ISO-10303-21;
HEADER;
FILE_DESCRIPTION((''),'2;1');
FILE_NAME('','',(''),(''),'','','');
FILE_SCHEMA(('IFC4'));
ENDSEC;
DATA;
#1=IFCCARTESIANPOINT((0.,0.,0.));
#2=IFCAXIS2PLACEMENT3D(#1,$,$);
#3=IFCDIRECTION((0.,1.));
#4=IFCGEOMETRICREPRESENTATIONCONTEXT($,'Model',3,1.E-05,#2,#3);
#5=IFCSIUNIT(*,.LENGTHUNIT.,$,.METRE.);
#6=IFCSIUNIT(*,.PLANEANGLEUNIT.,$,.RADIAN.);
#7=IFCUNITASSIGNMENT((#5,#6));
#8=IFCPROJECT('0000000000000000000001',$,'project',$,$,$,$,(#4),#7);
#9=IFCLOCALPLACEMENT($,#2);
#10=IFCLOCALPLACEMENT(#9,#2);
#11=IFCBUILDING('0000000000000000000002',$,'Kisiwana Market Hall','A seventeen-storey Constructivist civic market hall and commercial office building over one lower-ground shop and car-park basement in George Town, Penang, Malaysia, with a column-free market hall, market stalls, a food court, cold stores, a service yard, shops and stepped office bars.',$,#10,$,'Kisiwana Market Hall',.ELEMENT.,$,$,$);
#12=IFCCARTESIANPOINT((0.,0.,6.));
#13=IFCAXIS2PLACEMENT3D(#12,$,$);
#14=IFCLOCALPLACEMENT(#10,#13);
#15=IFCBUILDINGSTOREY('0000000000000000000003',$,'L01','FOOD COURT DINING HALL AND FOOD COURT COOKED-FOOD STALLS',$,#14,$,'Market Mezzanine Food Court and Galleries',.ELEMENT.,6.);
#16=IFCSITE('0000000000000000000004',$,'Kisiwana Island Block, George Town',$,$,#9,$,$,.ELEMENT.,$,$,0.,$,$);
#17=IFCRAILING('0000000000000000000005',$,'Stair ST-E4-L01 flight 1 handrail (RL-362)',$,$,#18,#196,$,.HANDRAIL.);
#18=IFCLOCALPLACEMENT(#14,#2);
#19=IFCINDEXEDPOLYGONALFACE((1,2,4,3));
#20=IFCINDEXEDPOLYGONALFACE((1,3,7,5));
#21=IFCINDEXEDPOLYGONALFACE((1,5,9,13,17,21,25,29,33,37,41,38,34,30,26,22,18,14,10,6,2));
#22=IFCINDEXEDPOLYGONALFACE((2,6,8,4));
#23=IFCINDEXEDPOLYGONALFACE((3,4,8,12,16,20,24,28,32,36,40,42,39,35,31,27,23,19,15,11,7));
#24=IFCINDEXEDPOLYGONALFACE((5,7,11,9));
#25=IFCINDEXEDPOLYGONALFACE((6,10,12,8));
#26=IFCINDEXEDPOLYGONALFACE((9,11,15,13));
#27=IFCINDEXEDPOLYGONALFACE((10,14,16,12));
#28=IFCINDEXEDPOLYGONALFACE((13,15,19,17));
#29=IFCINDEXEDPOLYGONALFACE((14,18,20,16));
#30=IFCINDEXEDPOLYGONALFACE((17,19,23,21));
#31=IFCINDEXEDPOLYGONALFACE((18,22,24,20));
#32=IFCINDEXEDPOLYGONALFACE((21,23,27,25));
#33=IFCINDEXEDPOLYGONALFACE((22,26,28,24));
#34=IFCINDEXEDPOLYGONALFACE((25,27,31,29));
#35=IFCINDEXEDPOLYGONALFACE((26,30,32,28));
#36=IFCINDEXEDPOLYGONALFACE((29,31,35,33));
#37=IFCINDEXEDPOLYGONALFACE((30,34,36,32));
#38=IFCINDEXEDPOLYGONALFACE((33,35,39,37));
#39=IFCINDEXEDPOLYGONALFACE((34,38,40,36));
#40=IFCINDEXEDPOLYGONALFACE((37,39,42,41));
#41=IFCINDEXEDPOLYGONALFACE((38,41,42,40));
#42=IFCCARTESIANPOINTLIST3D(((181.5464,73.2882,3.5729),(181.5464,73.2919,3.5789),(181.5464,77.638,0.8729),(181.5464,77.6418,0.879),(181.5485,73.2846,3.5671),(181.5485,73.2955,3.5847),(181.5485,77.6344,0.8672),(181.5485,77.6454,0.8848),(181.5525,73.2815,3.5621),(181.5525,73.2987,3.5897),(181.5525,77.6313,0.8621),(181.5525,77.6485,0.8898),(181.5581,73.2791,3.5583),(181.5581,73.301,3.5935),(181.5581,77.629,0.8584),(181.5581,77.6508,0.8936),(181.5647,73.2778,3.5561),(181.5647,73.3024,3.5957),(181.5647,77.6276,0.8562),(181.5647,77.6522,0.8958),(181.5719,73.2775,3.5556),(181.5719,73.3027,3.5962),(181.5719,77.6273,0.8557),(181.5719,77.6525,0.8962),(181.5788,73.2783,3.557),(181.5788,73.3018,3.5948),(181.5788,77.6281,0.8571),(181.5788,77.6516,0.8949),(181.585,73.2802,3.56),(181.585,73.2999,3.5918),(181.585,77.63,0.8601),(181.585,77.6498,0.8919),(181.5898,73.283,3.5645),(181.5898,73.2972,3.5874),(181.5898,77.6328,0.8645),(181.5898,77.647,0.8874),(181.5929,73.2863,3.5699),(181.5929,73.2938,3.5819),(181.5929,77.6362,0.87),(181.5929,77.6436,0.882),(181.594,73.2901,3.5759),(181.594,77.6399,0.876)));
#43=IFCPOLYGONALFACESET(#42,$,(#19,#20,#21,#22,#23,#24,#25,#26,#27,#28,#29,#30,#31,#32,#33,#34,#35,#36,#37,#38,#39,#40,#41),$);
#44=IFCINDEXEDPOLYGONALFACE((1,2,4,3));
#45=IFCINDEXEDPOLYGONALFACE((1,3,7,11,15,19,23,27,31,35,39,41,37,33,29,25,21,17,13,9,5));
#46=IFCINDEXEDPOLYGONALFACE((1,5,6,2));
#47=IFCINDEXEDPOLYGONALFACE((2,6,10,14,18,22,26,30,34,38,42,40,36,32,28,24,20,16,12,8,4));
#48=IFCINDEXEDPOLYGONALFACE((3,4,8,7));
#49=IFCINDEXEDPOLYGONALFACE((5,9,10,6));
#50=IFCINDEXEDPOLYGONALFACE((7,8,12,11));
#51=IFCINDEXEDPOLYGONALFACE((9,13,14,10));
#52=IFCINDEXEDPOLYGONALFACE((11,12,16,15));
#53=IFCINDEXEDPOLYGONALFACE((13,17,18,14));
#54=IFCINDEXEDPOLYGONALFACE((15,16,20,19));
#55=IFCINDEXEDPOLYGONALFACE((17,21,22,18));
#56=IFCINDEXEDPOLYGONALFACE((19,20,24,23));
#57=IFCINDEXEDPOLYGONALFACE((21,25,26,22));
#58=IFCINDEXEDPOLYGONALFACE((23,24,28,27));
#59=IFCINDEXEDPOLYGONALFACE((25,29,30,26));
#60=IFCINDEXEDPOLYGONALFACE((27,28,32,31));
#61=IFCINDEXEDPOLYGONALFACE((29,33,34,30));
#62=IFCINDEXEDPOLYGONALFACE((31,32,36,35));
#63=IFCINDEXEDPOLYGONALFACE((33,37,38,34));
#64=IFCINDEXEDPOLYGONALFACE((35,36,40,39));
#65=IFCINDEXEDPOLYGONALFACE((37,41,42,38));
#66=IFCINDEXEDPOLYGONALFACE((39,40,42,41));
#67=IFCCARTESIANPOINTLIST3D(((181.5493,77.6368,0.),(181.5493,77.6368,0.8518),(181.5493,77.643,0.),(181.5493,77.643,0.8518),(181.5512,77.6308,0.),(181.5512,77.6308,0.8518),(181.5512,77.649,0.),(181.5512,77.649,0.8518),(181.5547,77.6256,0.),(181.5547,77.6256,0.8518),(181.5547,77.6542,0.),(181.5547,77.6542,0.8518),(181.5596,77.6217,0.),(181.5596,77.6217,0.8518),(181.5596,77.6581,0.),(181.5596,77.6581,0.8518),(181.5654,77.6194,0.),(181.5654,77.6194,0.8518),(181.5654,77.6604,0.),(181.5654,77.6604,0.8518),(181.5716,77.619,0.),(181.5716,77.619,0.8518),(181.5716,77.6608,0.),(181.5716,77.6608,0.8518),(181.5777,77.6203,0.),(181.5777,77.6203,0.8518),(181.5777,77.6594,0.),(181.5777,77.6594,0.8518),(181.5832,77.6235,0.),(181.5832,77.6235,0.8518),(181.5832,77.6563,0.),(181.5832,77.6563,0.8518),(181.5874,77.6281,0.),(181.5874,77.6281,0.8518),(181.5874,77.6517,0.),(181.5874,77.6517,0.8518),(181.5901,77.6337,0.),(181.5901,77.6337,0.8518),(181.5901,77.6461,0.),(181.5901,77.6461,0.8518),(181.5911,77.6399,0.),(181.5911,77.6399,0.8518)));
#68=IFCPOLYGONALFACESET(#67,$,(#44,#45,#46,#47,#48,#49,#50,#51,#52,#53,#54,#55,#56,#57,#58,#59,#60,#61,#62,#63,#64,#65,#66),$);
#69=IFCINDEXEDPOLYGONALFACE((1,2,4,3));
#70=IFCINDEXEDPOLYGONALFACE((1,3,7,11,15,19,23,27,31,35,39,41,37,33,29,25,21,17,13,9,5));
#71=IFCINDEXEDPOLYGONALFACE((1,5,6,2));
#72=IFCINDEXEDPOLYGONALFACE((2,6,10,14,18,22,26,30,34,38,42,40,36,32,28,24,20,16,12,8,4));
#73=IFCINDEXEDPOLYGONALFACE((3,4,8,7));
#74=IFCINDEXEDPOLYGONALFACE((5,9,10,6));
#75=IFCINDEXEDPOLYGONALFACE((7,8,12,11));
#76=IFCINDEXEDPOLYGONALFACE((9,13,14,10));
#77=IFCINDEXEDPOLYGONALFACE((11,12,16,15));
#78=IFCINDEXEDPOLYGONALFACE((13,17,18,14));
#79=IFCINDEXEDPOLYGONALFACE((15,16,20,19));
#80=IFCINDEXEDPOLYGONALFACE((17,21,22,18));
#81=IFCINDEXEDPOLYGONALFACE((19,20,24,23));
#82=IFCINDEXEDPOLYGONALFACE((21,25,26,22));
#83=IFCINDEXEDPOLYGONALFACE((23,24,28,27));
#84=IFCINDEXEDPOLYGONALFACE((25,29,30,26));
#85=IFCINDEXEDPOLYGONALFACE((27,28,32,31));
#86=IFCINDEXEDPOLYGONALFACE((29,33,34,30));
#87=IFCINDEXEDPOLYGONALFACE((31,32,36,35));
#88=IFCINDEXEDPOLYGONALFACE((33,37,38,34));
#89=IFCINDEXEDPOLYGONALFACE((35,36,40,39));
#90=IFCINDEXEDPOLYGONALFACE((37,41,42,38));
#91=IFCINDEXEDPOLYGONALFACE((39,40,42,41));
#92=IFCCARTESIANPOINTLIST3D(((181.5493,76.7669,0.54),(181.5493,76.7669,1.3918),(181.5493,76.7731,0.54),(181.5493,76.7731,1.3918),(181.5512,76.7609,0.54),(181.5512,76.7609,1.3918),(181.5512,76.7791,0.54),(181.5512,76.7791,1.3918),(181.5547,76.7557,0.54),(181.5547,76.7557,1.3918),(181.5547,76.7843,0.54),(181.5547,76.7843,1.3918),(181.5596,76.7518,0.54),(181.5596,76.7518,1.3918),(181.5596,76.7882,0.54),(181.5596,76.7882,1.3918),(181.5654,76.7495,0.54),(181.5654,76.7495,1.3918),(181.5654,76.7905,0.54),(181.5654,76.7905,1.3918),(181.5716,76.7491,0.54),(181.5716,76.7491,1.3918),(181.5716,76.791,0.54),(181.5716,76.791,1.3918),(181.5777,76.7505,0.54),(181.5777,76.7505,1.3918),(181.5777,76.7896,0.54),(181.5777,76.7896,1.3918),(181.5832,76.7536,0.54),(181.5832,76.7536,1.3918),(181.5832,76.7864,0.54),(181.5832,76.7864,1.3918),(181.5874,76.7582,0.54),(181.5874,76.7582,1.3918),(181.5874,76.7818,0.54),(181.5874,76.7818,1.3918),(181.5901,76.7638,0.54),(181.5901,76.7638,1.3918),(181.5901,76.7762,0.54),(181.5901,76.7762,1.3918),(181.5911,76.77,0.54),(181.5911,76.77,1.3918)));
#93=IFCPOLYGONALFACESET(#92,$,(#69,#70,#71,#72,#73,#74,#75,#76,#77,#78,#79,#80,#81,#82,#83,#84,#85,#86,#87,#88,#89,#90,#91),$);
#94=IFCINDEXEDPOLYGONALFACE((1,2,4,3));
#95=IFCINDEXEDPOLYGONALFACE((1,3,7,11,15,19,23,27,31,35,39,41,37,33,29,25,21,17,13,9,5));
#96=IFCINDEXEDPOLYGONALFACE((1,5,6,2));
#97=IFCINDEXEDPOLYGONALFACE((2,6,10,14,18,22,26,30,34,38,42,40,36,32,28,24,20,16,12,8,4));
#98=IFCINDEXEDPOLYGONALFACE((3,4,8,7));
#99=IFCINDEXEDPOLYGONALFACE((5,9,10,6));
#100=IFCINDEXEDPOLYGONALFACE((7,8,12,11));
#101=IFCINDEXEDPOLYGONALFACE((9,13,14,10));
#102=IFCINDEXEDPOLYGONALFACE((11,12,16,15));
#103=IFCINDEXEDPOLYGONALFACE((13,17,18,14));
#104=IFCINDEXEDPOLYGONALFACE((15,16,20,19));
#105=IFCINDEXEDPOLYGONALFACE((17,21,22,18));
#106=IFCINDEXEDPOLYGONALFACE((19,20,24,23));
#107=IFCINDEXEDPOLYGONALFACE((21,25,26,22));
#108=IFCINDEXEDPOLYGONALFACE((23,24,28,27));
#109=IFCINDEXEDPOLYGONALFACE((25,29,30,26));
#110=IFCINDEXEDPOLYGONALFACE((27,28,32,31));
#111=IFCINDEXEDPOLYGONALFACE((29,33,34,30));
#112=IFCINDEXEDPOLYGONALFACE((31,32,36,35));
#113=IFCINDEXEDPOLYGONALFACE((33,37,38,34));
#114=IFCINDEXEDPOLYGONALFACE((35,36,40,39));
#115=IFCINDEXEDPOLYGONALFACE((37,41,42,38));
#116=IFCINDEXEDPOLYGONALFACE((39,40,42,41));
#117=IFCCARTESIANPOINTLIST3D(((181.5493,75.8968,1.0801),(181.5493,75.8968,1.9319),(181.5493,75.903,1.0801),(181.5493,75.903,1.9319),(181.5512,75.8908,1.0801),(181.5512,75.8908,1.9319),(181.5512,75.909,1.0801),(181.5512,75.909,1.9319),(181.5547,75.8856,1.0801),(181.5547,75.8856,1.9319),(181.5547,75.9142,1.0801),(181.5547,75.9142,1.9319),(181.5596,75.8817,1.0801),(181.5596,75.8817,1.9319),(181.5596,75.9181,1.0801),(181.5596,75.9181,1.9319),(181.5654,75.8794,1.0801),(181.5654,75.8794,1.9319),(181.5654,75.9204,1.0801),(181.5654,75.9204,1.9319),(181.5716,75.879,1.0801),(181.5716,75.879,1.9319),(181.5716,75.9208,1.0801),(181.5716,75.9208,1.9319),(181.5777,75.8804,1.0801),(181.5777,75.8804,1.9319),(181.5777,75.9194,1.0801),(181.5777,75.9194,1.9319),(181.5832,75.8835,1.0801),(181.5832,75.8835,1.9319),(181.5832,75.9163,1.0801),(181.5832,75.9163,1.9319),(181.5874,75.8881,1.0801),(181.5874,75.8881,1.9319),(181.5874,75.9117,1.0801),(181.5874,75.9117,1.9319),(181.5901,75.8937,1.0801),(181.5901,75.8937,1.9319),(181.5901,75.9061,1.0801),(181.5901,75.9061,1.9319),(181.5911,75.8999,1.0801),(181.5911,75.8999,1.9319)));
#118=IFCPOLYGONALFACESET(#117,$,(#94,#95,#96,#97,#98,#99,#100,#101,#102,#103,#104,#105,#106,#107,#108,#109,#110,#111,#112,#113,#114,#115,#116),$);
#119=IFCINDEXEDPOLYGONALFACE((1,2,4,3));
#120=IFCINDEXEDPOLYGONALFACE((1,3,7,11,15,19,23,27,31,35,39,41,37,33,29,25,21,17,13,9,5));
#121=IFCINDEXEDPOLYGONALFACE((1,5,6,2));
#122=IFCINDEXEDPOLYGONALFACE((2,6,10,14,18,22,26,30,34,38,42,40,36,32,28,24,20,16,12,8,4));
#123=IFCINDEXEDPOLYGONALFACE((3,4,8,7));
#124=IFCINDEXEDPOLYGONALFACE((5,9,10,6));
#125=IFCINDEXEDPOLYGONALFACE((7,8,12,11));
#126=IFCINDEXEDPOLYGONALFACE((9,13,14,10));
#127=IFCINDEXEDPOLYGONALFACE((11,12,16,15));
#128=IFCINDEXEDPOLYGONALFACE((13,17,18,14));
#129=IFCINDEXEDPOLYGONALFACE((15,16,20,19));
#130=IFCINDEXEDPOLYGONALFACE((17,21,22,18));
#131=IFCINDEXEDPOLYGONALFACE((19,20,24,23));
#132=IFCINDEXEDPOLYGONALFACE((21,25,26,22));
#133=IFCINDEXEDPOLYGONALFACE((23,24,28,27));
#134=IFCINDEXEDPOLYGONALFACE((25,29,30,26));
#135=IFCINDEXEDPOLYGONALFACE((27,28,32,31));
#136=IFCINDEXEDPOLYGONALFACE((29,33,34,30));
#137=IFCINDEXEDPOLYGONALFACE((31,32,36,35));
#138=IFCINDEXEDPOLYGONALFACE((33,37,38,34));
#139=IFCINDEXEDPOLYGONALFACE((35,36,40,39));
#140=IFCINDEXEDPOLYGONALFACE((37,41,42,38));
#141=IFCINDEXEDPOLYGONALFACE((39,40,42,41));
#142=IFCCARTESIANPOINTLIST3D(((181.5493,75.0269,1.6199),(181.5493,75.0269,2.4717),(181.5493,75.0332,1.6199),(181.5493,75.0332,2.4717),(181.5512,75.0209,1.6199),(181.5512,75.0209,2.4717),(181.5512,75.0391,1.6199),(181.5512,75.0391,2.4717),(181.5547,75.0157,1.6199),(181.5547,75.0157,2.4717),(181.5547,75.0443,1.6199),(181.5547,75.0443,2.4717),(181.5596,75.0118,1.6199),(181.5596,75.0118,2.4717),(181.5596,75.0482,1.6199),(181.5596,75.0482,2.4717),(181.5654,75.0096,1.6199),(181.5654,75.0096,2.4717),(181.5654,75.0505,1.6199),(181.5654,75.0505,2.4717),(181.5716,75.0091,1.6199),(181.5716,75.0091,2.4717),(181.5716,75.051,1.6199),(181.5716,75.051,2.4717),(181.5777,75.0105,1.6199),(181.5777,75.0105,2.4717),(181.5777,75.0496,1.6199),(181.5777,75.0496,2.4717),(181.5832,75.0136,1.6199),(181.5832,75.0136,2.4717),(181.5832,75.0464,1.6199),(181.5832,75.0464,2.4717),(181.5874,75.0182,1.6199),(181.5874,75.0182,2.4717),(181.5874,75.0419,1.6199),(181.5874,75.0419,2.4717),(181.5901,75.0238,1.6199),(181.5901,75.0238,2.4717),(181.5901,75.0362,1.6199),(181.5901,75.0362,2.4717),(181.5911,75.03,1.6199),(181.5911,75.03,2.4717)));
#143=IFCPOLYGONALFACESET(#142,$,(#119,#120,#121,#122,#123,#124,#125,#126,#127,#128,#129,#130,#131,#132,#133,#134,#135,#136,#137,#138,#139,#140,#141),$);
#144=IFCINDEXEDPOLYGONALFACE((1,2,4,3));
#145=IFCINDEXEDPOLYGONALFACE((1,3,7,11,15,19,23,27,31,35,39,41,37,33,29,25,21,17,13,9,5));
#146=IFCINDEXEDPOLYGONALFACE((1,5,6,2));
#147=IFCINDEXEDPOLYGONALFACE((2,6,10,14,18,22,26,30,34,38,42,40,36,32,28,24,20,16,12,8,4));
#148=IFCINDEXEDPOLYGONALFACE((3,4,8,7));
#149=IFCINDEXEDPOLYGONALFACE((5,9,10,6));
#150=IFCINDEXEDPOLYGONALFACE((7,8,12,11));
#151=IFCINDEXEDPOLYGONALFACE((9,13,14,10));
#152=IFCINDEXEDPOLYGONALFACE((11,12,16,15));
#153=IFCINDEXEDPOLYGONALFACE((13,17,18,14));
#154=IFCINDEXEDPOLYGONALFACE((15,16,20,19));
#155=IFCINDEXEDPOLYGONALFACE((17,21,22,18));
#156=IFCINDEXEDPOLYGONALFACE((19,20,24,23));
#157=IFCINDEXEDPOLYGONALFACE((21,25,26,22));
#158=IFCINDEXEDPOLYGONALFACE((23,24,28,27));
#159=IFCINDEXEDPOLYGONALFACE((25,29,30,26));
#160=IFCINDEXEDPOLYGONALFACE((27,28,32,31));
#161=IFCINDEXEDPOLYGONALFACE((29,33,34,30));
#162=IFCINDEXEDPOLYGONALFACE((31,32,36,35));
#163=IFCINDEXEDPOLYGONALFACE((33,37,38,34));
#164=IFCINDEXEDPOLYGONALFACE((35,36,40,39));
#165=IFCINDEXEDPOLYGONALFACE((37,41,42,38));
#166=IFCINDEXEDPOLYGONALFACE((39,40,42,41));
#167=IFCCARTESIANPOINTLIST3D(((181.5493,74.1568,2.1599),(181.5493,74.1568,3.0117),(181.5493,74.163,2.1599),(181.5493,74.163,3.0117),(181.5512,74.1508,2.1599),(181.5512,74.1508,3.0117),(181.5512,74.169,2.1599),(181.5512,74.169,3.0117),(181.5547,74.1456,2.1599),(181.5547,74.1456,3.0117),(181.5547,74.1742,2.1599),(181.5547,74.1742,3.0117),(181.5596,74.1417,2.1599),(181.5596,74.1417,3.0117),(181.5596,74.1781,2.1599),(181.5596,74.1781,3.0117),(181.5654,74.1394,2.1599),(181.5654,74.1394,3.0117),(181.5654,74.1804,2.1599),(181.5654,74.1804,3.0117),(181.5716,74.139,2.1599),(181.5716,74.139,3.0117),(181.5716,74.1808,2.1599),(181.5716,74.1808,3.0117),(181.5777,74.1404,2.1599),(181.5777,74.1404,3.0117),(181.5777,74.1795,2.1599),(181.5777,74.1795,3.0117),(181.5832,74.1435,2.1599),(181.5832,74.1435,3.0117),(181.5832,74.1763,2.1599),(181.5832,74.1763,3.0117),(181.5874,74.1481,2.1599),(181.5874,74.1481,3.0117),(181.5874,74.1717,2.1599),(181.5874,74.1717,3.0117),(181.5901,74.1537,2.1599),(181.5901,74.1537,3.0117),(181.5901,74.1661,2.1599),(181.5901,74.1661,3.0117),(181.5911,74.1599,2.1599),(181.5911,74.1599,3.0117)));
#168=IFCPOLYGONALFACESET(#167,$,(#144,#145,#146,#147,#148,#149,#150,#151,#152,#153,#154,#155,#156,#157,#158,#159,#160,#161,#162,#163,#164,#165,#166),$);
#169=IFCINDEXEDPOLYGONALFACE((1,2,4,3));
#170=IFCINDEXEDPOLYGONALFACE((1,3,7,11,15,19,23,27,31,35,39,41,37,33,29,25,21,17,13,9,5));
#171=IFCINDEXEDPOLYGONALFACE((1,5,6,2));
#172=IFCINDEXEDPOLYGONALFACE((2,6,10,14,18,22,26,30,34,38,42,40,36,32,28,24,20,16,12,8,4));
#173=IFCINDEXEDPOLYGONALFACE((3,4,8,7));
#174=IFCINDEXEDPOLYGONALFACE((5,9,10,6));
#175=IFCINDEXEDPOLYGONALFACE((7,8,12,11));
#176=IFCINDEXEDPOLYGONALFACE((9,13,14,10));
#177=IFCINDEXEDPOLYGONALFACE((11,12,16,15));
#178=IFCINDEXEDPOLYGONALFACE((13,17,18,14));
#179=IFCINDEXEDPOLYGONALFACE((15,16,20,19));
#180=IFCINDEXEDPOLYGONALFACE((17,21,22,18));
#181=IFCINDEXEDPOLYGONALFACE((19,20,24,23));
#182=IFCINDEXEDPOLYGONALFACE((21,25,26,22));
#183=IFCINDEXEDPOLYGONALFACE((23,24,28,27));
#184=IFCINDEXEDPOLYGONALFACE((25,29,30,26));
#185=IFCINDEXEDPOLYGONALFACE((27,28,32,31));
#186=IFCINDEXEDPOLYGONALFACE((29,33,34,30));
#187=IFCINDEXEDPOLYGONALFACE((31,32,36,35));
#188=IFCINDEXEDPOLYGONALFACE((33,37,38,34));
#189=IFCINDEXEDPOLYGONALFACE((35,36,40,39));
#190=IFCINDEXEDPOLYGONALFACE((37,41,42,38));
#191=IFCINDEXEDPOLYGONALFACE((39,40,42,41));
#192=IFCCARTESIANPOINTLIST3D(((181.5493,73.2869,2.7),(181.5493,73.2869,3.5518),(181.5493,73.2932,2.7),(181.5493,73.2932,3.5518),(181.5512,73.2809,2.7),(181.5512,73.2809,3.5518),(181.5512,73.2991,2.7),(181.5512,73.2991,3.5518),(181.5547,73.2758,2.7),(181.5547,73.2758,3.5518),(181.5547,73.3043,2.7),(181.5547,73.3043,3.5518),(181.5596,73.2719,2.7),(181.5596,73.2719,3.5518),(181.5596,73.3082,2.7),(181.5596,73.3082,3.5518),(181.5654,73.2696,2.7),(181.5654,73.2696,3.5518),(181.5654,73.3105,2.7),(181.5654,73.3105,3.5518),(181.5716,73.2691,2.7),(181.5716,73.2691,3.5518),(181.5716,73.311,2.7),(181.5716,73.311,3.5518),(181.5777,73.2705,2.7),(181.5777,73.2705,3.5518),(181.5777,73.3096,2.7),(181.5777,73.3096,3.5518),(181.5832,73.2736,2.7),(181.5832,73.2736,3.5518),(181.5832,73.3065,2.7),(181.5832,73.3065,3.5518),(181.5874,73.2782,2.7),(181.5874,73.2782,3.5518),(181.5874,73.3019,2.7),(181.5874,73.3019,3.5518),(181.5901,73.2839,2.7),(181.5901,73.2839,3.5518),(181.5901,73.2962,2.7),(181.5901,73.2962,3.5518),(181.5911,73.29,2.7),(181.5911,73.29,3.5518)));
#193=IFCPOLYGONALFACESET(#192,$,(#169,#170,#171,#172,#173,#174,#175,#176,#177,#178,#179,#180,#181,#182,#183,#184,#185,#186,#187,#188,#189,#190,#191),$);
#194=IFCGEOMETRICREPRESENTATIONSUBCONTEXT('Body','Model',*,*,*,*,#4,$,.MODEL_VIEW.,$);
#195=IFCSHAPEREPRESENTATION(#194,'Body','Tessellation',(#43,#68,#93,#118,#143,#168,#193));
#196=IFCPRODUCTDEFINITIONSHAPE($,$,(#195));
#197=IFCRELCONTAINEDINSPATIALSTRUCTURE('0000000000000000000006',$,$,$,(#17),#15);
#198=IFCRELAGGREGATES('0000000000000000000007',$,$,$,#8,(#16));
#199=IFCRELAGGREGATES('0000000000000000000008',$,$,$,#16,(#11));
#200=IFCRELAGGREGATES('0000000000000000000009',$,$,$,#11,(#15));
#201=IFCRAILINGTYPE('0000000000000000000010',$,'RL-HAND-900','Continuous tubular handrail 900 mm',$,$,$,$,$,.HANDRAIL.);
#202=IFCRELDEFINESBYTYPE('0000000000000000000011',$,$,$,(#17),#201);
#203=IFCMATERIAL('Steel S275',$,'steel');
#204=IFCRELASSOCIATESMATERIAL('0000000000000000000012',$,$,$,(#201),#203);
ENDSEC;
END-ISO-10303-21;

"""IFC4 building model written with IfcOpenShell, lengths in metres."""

from ifc_helpers import new_model, si_unit, direction, frame, origin, origin_2d, place, context, subcontext, project, spatial, circle, extrude, material, type_object, element, save


model = new_model("IFC4")

# Units and contexts
model_context = context("Model", 3, precision=1e-05, world=origin(), true_north=direction((0.0, 1.0)))
body_context = subcontext(model_context, "Body", "Model", "MODEL_VIEW")
ifc_project = project(units=[si_unit("LENGTHUNIT", "METRE"), si_unit("PLANEANGLEUNIT", "RADIAN")], contexts=[model_context])

# Site, building, storey
site_placement = place(None, origin())
site = spatial("IfcSite", under=ifc_project, at=site_placement, Name="Kisiwana Island Block, George Town", CompositionType="ELEMENT", RefElevation=0.0)
building_placement = place(site_placement, origin())
building = spatial("IfcBuilding", under=site, at=building_placement, Name="Kisiwana Market Hall", Description="A seventeen-storey Constructivist civic market hall and commercial office building over one lower-ground shop and car-park basement in George Town, Penang, Malaysia, with a column-free market hall, market stalls, a food court, cold stores, a service yard, shops and stepped office bars.", LongName="Kisiwana Market Hall", CompositionType="ELEMENT")
storey_placement = place(building_placement, frame((0.0, 0.0, 6.0)))
storey = spatial("IfcBuildingStorey", under=building, at=storey_placement, Name="L01", Description="FOOD COURT DINING HALL AND FOOD COURT COOKED-FOOD STALLS", LongName="Market Mezzanine Food Court and Galleries", CompositionType="ELEMENT", Elevation=6.0)

# Railing
ifc_material_1 = material(Name="Steel S275", Category="steel")
railing_type_1 = type_object("IfcRailingType", Name="RL-HAND-900", Description="Continuous tubular handrail 900 mm", PredefinedType="HANDRAIL", material=ifc_material_1)
railing_1_placement = place(storey_placement, frame((181.5701, 77.6399, 0.0)))
element("IfcRailing", 1, at=railing_1_placement, inside=storey, type_object=railing_type_1, Name="Stair ST-E4-L01 flight 1 handrail (RL-362)", PredefinedType="HANDRAIL", context=body_context, shape_type="SweptSolid", body=[
    extrude(circle(Radius=0.0239, at=origin_2d()), frame((0.0, 0.0, 0.876), z_axis=(0.0, -0.849636, 0.527369), x_axis=(1.0, 0.0, 0.0)), (0.0, 0.0, 1.0), 5.1196),
    extrude(circle(Radius=0.021, at=origin_2d()), origin(), (0.0, 0.0, 1.0), 0.8518),
    extrude(circle(Radius=0.021, at=origin_2d()), frame((0.0, -0.8699, 0.54)), (0.0, 0.0, 1.0), 0.8518),
    extrude(circle(Radius=0.021, at=origin_2d()), frame((0.0, -1.74, 1.0801)), (0.0, 0.0, 1.0), 0.8518),
    extrude(circle(Radius=0.021, at=origin_2d()), frame((0.0, -2.6099, 1.6199)), (0.0, 0.0, 1.0), 0.8518),
    extrude(circle(Radius=0.021, at=origin_2d()), frame((0.0, -3.48, 2.1599)), (0.0, 0.0, 1.0), 0.8518),
    extrude(circle(Radius=0.021, at=origin_2d()), frame((0.0, -4.3499, 2.7)), (0.0, 0.0, 1.0), 0.8518),
])

save(model, "model.ifc")
